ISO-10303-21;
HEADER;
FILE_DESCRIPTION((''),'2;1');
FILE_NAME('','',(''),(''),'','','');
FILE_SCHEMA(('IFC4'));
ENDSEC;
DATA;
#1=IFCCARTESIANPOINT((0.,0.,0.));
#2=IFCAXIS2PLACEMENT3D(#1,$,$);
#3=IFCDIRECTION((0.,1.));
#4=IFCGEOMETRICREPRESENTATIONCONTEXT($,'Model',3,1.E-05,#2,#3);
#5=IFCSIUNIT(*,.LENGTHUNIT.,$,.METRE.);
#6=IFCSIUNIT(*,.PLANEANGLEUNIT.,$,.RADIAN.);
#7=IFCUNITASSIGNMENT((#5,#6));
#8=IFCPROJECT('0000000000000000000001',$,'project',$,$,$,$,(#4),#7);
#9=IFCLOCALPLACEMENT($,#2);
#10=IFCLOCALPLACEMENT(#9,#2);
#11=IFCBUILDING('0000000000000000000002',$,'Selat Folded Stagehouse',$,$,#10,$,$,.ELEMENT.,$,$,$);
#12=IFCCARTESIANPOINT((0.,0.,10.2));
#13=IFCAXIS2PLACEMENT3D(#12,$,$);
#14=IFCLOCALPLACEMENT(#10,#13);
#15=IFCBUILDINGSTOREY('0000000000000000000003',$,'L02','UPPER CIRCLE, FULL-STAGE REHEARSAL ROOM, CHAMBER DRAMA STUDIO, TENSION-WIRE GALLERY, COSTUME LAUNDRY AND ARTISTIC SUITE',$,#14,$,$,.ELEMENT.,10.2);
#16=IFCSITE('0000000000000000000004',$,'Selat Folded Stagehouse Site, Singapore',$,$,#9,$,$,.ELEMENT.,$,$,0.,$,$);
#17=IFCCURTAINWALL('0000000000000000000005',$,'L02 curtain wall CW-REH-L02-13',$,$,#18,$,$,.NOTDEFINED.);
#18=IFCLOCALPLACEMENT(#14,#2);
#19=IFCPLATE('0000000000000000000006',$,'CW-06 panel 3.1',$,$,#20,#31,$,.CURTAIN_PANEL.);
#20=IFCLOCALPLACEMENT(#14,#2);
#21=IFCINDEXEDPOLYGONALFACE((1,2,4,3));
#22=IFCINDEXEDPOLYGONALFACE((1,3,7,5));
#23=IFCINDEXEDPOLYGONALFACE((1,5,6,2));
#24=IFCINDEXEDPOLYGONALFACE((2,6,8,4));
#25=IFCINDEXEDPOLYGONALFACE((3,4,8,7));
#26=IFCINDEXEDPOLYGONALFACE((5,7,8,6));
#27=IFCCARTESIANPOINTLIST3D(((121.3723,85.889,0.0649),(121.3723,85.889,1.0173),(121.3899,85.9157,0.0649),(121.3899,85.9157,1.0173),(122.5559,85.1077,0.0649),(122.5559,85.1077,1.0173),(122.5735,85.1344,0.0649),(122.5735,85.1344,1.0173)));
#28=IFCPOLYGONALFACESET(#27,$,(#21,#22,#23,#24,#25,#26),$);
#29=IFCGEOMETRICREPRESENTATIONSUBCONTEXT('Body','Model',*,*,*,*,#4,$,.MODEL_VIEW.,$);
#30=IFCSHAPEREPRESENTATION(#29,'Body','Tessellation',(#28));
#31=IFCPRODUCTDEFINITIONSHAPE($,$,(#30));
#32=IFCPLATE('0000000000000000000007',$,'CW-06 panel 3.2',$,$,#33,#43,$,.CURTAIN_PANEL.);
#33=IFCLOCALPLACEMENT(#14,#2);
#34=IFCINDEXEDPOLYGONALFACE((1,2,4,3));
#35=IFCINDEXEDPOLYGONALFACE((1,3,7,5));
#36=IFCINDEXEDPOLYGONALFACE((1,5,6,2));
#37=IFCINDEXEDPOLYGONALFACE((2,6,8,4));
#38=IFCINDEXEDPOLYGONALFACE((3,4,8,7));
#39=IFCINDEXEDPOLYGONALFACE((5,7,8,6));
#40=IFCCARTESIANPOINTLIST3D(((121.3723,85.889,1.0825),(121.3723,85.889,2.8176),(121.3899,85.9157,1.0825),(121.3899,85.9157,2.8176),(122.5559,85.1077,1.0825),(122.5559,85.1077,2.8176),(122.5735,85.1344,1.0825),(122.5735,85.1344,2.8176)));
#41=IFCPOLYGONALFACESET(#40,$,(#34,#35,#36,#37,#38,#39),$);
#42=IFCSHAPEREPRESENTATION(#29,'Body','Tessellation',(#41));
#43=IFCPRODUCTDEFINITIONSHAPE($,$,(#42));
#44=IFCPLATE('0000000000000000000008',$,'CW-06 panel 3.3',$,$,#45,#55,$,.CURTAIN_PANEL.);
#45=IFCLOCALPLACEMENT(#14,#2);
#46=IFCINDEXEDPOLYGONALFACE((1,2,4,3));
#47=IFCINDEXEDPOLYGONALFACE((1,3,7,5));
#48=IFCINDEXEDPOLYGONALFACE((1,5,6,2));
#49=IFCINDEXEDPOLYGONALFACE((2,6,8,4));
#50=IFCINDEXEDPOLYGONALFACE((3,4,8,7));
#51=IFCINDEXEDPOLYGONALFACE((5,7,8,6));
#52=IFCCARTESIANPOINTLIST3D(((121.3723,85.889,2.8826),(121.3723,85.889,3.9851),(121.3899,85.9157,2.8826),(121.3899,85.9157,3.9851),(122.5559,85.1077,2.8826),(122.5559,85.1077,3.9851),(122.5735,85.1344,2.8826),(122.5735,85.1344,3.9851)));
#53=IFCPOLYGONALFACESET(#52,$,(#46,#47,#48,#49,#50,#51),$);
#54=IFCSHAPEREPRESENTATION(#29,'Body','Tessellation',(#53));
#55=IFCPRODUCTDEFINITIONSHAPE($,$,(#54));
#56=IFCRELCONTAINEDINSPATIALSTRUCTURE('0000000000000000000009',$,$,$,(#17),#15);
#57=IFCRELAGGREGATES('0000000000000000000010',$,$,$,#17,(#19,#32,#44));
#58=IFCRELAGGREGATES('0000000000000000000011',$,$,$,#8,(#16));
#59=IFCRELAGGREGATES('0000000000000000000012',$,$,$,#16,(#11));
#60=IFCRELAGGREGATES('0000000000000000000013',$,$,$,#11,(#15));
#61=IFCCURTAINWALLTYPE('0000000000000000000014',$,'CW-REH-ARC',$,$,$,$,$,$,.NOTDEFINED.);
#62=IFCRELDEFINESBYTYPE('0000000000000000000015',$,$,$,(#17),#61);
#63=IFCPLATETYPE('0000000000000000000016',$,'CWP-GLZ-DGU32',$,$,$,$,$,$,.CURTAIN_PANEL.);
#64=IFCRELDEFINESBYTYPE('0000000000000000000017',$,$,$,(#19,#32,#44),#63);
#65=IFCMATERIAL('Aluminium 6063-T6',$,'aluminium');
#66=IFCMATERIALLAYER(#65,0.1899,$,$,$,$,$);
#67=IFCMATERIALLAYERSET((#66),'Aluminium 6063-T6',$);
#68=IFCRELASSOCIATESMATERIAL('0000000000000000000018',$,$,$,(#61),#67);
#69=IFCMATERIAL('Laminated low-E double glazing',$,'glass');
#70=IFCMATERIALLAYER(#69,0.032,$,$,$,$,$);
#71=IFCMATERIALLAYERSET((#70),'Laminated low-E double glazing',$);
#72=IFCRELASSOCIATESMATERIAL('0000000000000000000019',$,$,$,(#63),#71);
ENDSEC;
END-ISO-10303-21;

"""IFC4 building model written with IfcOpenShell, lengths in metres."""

from ifc_helpers import new_model, si_unit, direction, frame, origin, origin_2d, place, context, subcontext, project, spatial, rectangle, extrude, material, layer, layer_set, type_object, element, aggregate, save


model = new_model("IFC4")

# Units and contexts
model_context = context("Model", 3, precision=1e-05, world=origin(), true_north=direction((0.0, 1.0)))
body_context = subcontext(model_context, "Body", "Model", "MODEL_VIEW")
ifc_project = project(units=[si_unit("LENGTHUNIT", "METRE"), si_unit("PLANEANGLEUNIT", "RADIAN")], contexts=[model_context])

# Site, building, storey
site_placement = place(None, origin())
site = spatial("IfcSite", under=ifc_project, at=site_placement, Name="Selat Folded Stagehouse Site, Singapore", CompositionType="ELEMENT", RefElevation=0.0)
building_placement = place(site_placement, origin())
building = spatial("IfcBuilding", under=site, at=building_placement, Name="Selat Folded Stagehouse", CompositionType="ELEMENT")
storey_placement = place(building_placement, frame((0.0, 0.0, 10.2)))
storey = spatial("IfcBuildingStorey", under=building, at=storey_placement, Name="L02", Description="UPPER CIRCLE, FULL-STAGE REHEARSAL ROOM, CHAMBER DRAMA STUDIO, TENSION-WIRE GALLERY, COSTUME LAUNDRY AND ARTISTIC SUITE", CompositionType="ELEMENT", Elevation=10.2)

# Shared definitions
ifc_material_1 = material(Name="Aluminium 6063-T6", Category="aluminium")
ifc_layer_1 = layer(ifc_material_1, 0.1899)
ifc_layer_set_1 = layer_set([ifc_layer_1], Name="Aluminium 6063-T6")
curtain_wall_type = type_object("IfcCurtainWallType", Name="CW-REH-ARC", PredefinedType="NOTDEFINED", material=ifc_layer_set_1)

# Curtain wall
curtain_wall_1_placement = place(storey_placement, origin())
curtain_wall_1 = element("IfcCurtainWall", 1, at=curtain_wall_1_placement, inside=storey, type_object=curtain_wall_type, Name="L02 curtain wall CW-REH-L02-13", PredefinedType="NOTDEFINED")

# Plates
ifc_material_2 = material(Name="Laminated low-E double glazing", Category="glass")
ifc_layer_2 = layer(ifc_material_2, 0.032)
ifc_layer_set_2 = layer_set([ifc_layer_2], Name="Laminated low-E double glazing")
plate_type = type_object("IfcPlateType", Name="CWP-GLZ-DGU32", PredefinedType="CURTAIN_PANEL", material=ifc_layer_set_2)
plate_1_placement = place(storey_placement, frame((121.9729, 85.5117, 0.0649), z_axis=(0.0, 0.0, 1.0), x_axis=(-0.834581, 0.550885, 0.0)))
plate_1 = element("IfcPlate", 2, at=plate_1_placement, type_object=plate_type, Name="CW-06 panel 3.1", PredefinedType="CURTAIN_PANEL", context=body_context, shape_type="SweptSolid", body=[
    extrude(rectangle(XDim=1.4182, YDim=0.032, at=origin_2d()), origin(), (0.0, 0.0, 1.0), 0.9524),
])
plate_2_placement = place(storey_placement, frame((121.9729, 85.5117, 1.0825), z_axis=(0.0, 0.0, 1.0), x_axis=(-0.834581, 0.550885, 0.0)))
plate_2 = element("IfcPlate", 3, at=plate_2_placement, type_object=plate_type, Name="CW-06 panel 3.2", PredefinedType="CURTAIN_PANEL", context=body_context, shape_type="SweptSolid", body=[
    extrude(rectangle(XDim=1.4182, YDim=0.032, at=origin_2d()), origin(), (0.0, 0.0, 1.0), 1.7351),
])
plate_3_placement = place(storey_placement, frame((121.9729, 85.5117, 2.8826), z_axis=(0.0, 0.0, 1.0), x_axis=(-0.834581, 0.550885, 0.0)))
plate_3 = element("IfcPlate", 4, at=plate_3_placement, type_object=plate_type, Name="CW-06 panel 3.3", PredefinedType="CURTAIN_PANEL", context=body_context, shape_type="SweptSolid", body=[
    extrude(rectangle(XDim=1.4182, YDim=0.032, at=origin_2d()), origin(), (0.0, 0.0, 1.0), 1.1025),
])
aggregate(curtain_wall_1, [plate_1, plate_2, plate_3])

save(model, "model.ifc")
